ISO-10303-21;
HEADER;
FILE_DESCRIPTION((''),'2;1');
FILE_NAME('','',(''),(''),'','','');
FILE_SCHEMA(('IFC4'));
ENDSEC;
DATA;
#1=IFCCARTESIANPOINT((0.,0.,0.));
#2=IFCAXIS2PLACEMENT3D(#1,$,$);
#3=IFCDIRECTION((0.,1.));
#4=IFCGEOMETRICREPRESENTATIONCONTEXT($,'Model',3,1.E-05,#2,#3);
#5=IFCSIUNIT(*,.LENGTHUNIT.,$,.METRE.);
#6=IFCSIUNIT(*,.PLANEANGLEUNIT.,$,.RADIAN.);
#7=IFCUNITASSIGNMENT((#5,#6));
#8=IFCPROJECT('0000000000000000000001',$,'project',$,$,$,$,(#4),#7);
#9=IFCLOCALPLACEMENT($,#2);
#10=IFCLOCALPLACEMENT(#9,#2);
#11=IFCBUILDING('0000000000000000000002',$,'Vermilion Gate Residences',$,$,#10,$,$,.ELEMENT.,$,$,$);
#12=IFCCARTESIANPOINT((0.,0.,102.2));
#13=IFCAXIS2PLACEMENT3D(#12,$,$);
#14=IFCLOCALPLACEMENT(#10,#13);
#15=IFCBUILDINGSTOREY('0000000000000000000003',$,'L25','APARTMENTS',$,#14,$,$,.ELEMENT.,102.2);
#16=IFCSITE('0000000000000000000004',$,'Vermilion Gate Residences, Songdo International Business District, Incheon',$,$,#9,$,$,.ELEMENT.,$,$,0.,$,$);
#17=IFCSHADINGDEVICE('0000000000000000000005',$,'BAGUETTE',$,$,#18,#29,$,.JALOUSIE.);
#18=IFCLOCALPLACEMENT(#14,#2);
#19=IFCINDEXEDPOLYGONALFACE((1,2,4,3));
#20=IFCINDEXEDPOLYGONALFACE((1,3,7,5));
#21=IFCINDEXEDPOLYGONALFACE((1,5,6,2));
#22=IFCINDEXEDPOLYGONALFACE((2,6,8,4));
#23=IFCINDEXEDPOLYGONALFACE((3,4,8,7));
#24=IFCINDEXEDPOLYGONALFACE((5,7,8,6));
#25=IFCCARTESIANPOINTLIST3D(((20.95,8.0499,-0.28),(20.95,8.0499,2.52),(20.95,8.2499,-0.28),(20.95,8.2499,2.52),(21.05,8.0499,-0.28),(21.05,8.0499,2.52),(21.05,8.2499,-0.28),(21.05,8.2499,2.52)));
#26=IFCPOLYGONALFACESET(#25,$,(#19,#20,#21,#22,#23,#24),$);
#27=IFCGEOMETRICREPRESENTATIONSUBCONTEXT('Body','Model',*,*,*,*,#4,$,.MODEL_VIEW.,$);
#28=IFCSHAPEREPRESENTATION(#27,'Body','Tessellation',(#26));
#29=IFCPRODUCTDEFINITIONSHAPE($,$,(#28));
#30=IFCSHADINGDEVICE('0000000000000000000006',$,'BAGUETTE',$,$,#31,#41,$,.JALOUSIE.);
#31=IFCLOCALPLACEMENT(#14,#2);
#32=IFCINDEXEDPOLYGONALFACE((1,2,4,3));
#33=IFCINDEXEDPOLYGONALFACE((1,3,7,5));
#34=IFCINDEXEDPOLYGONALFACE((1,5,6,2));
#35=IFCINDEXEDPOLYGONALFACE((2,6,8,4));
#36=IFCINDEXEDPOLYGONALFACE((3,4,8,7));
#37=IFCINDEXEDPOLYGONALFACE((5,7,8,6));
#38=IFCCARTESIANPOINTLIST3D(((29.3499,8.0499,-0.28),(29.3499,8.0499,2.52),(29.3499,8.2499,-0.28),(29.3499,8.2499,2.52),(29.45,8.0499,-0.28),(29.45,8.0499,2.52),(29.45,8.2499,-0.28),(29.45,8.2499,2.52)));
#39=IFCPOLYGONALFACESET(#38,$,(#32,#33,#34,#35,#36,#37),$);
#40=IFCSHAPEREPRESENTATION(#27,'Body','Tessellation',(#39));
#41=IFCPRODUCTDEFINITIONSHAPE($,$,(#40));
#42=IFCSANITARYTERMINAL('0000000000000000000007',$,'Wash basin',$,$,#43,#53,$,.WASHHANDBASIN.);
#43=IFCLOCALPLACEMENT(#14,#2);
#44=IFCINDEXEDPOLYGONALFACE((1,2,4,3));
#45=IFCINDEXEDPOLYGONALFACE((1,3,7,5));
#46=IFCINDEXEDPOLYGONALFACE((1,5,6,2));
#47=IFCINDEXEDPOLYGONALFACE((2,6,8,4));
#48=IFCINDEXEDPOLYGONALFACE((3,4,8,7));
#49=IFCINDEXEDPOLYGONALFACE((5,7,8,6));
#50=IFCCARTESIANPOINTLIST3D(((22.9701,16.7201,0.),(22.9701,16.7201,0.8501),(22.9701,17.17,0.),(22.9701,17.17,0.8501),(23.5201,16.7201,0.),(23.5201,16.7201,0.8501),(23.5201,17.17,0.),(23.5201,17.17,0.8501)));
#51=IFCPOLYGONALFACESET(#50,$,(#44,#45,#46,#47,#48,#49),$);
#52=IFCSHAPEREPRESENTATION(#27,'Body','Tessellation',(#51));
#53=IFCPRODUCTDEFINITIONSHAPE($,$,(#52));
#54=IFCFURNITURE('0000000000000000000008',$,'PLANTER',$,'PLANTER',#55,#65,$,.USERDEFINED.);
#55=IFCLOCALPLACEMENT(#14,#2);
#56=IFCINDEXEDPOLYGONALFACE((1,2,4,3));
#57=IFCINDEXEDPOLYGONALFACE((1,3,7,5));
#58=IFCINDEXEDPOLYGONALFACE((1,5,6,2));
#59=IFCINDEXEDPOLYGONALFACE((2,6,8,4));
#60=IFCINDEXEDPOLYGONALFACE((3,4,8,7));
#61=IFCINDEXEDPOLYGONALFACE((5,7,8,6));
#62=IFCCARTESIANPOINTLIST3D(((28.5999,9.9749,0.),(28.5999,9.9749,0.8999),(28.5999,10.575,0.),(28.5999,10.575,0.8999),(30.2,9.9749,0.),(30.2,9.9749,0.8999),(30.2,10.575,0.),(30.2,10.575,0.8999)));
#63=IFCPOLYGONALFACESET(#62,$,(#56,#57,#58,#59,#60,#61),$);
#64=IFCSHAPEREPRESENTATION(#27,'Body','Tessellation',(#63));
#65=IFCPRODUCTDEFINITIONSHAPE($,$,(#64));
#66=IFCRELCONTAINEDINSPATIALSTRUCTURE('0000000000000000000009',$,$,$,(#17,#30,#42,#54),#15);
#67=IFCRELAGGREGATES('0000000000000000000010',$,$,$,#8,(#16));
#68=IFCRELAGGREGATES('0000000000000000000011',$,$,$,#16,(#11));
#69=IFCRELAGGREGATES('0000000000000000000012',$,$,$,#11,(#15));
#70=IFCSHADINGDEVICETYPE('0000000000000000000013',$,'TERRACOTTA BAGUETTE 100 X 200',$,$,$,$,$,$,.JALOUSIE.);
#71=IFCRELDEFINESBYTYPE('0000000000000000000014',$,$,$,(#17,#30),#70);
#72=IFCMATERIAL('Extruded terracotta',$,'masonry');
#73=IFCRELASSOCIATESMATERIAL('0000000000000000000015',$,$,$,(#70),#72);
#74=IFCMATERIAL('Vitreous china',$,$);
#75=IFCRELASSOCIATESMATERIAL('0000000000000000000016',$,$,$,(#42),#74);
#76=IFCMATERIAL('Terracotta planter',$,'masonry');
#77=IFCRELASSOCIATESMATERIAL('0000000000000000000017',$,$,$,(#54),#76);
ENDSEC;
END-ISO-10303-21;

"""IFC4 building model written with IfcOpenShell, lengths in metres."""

from ifc_helpers import new_model, si_unit, direction, frame, origin, origin_2d, place, context, subcontext, project, spatial, rectangle, extrude, material, material_profile, profile_set, type_object, element, save


model = new_model("IFC4")

# Units and contexts
model_context = context("Model", 3, precision=1e-05, world=origin(), true_north=direction((0.0, 1.0)))
body_context = subcontext(model_context, "Body", "Model", "MODEL_VIEW")
ifc_project = project(units=[si_unit("LENGTHUNIT", "METRE"), si_unit("PLANEANGLEUNIT", "RADIAN")], contexts=[model_context])

# Site, building, storey
site_placement = place(None, origin())
site = spatial("IfcSite", under=ifc_project, at=site_placement, Name="Vermilion Gate Residences, Songdo International Business District, Incheon", CompositionType="ELEMENT", RefElevation=0.0)
building_placement = place(site_placement, origin())
building = spatial("IfcBuilding", under=site, at=building_placement, Name="Vermilion Gate Residences", CompositionType="ELEMENT")
storey_placement = place(building_placement, frame((0.0, 0.0, 102.2)))
storey = spatial("IfcBuildingStorey", under=building, at=storey_placement, Name="L25", Description="APARTMENTS", CompositionType="ELEMENT", Elevation=102.2)

# Shading devices
ifc_material_1 = material(Name="Extruded terracotta", Category="masonry")
ifc_material_profile_1 = material_profile(ifc_material_1, rectangle(XDim=0.2, YDim=0.1001, at=origin_2d()), Name="BAGUETTE 100 X 200")
ifc_profile_set_1 = profile_set([ifc_material_profile_1], Name="Extruded terracotta")
shading_device_type = type_object("IfcShadingDeviceType", Name="TERRACOTTA BAGUETTE 100 X 200", PredefinedType="JALOUSIE", material=ifc_profile_set_1)
for number, where, z_axis, x_axis, name in (
    (1, (21.0, 8.1499, -0.28), (0.0, 0.0, 1.0), (0.0, 1.0, 0.0), "BAGUETTE"),
    (2, (29.3999, 8.1499, -0.28), (0.0, 0.0, 1.0), (0.0, 1.0, 0.0), "BAGUETTE"),
):
    element("IfcShadingDevice", number, at=place(storey_placement, frame(where, z_axis=z_axis, x_axis=x_axis)), inside=storey, type_object=shading_device_type, Name=name, PredefinedType="JALOUSIE", context=body_context, shape_type="SweptSolid", body=[
        extrude(rectangle(XDim=0.2, YDim=0.1001, at=origin_2d()), origin(), (0.0, 0.0, 1.0), 2.8),
    ])

# Sanitary terminal
ifc_material_2 = material(Name="Vitreous china")
sanitary_terminal_placement = place(storey_placement, frame((23.2451, 16.9451, 0.0), z_axis=(0.0, 0.0, 1.0), x_axis=(1.0, 0.0, 0.0)))
element("IfcSanitaryTerminal", 3, at=sanitary_terminal_placement, inside=storey, material=ifc_material_2, Name="Wash basin", PredefinedType="WASHHANDBASIN", context=body_context, shape_type="SweptSolid", body=[
    extrude(rectangle(XDim=0.55, YDim=0.45, at=origin_2d()), origin(), (0.0, 0.0, 1.0), 0.8501),
])

# Furniture
ifc_material_3 = material(Name="Terracotta planter", Category="masonry")
furniture_placement = place(storey_placement, frame((29.3999, 10.2749, 0.0), z_axis=(0.0, 0.0, 1.0), x_axis=(1.0, 0.0, 0.0)))
element("IfcFurniture", 4, at=furniture_placement, inside=storey, material=ifc_material_3, Name="PLANTER", ObjectType="PLANTER", PredefinedType="USERDEFINED", context=body_context, shape_type="SweptSolid", body=[
    extrude(rectangle(XDim=1.6001, YDim=0.6001, at=origin_2d()), origin(), (0.0, 0.0, 1.0), 0.8999),
])

save(model, "model.ifc")
